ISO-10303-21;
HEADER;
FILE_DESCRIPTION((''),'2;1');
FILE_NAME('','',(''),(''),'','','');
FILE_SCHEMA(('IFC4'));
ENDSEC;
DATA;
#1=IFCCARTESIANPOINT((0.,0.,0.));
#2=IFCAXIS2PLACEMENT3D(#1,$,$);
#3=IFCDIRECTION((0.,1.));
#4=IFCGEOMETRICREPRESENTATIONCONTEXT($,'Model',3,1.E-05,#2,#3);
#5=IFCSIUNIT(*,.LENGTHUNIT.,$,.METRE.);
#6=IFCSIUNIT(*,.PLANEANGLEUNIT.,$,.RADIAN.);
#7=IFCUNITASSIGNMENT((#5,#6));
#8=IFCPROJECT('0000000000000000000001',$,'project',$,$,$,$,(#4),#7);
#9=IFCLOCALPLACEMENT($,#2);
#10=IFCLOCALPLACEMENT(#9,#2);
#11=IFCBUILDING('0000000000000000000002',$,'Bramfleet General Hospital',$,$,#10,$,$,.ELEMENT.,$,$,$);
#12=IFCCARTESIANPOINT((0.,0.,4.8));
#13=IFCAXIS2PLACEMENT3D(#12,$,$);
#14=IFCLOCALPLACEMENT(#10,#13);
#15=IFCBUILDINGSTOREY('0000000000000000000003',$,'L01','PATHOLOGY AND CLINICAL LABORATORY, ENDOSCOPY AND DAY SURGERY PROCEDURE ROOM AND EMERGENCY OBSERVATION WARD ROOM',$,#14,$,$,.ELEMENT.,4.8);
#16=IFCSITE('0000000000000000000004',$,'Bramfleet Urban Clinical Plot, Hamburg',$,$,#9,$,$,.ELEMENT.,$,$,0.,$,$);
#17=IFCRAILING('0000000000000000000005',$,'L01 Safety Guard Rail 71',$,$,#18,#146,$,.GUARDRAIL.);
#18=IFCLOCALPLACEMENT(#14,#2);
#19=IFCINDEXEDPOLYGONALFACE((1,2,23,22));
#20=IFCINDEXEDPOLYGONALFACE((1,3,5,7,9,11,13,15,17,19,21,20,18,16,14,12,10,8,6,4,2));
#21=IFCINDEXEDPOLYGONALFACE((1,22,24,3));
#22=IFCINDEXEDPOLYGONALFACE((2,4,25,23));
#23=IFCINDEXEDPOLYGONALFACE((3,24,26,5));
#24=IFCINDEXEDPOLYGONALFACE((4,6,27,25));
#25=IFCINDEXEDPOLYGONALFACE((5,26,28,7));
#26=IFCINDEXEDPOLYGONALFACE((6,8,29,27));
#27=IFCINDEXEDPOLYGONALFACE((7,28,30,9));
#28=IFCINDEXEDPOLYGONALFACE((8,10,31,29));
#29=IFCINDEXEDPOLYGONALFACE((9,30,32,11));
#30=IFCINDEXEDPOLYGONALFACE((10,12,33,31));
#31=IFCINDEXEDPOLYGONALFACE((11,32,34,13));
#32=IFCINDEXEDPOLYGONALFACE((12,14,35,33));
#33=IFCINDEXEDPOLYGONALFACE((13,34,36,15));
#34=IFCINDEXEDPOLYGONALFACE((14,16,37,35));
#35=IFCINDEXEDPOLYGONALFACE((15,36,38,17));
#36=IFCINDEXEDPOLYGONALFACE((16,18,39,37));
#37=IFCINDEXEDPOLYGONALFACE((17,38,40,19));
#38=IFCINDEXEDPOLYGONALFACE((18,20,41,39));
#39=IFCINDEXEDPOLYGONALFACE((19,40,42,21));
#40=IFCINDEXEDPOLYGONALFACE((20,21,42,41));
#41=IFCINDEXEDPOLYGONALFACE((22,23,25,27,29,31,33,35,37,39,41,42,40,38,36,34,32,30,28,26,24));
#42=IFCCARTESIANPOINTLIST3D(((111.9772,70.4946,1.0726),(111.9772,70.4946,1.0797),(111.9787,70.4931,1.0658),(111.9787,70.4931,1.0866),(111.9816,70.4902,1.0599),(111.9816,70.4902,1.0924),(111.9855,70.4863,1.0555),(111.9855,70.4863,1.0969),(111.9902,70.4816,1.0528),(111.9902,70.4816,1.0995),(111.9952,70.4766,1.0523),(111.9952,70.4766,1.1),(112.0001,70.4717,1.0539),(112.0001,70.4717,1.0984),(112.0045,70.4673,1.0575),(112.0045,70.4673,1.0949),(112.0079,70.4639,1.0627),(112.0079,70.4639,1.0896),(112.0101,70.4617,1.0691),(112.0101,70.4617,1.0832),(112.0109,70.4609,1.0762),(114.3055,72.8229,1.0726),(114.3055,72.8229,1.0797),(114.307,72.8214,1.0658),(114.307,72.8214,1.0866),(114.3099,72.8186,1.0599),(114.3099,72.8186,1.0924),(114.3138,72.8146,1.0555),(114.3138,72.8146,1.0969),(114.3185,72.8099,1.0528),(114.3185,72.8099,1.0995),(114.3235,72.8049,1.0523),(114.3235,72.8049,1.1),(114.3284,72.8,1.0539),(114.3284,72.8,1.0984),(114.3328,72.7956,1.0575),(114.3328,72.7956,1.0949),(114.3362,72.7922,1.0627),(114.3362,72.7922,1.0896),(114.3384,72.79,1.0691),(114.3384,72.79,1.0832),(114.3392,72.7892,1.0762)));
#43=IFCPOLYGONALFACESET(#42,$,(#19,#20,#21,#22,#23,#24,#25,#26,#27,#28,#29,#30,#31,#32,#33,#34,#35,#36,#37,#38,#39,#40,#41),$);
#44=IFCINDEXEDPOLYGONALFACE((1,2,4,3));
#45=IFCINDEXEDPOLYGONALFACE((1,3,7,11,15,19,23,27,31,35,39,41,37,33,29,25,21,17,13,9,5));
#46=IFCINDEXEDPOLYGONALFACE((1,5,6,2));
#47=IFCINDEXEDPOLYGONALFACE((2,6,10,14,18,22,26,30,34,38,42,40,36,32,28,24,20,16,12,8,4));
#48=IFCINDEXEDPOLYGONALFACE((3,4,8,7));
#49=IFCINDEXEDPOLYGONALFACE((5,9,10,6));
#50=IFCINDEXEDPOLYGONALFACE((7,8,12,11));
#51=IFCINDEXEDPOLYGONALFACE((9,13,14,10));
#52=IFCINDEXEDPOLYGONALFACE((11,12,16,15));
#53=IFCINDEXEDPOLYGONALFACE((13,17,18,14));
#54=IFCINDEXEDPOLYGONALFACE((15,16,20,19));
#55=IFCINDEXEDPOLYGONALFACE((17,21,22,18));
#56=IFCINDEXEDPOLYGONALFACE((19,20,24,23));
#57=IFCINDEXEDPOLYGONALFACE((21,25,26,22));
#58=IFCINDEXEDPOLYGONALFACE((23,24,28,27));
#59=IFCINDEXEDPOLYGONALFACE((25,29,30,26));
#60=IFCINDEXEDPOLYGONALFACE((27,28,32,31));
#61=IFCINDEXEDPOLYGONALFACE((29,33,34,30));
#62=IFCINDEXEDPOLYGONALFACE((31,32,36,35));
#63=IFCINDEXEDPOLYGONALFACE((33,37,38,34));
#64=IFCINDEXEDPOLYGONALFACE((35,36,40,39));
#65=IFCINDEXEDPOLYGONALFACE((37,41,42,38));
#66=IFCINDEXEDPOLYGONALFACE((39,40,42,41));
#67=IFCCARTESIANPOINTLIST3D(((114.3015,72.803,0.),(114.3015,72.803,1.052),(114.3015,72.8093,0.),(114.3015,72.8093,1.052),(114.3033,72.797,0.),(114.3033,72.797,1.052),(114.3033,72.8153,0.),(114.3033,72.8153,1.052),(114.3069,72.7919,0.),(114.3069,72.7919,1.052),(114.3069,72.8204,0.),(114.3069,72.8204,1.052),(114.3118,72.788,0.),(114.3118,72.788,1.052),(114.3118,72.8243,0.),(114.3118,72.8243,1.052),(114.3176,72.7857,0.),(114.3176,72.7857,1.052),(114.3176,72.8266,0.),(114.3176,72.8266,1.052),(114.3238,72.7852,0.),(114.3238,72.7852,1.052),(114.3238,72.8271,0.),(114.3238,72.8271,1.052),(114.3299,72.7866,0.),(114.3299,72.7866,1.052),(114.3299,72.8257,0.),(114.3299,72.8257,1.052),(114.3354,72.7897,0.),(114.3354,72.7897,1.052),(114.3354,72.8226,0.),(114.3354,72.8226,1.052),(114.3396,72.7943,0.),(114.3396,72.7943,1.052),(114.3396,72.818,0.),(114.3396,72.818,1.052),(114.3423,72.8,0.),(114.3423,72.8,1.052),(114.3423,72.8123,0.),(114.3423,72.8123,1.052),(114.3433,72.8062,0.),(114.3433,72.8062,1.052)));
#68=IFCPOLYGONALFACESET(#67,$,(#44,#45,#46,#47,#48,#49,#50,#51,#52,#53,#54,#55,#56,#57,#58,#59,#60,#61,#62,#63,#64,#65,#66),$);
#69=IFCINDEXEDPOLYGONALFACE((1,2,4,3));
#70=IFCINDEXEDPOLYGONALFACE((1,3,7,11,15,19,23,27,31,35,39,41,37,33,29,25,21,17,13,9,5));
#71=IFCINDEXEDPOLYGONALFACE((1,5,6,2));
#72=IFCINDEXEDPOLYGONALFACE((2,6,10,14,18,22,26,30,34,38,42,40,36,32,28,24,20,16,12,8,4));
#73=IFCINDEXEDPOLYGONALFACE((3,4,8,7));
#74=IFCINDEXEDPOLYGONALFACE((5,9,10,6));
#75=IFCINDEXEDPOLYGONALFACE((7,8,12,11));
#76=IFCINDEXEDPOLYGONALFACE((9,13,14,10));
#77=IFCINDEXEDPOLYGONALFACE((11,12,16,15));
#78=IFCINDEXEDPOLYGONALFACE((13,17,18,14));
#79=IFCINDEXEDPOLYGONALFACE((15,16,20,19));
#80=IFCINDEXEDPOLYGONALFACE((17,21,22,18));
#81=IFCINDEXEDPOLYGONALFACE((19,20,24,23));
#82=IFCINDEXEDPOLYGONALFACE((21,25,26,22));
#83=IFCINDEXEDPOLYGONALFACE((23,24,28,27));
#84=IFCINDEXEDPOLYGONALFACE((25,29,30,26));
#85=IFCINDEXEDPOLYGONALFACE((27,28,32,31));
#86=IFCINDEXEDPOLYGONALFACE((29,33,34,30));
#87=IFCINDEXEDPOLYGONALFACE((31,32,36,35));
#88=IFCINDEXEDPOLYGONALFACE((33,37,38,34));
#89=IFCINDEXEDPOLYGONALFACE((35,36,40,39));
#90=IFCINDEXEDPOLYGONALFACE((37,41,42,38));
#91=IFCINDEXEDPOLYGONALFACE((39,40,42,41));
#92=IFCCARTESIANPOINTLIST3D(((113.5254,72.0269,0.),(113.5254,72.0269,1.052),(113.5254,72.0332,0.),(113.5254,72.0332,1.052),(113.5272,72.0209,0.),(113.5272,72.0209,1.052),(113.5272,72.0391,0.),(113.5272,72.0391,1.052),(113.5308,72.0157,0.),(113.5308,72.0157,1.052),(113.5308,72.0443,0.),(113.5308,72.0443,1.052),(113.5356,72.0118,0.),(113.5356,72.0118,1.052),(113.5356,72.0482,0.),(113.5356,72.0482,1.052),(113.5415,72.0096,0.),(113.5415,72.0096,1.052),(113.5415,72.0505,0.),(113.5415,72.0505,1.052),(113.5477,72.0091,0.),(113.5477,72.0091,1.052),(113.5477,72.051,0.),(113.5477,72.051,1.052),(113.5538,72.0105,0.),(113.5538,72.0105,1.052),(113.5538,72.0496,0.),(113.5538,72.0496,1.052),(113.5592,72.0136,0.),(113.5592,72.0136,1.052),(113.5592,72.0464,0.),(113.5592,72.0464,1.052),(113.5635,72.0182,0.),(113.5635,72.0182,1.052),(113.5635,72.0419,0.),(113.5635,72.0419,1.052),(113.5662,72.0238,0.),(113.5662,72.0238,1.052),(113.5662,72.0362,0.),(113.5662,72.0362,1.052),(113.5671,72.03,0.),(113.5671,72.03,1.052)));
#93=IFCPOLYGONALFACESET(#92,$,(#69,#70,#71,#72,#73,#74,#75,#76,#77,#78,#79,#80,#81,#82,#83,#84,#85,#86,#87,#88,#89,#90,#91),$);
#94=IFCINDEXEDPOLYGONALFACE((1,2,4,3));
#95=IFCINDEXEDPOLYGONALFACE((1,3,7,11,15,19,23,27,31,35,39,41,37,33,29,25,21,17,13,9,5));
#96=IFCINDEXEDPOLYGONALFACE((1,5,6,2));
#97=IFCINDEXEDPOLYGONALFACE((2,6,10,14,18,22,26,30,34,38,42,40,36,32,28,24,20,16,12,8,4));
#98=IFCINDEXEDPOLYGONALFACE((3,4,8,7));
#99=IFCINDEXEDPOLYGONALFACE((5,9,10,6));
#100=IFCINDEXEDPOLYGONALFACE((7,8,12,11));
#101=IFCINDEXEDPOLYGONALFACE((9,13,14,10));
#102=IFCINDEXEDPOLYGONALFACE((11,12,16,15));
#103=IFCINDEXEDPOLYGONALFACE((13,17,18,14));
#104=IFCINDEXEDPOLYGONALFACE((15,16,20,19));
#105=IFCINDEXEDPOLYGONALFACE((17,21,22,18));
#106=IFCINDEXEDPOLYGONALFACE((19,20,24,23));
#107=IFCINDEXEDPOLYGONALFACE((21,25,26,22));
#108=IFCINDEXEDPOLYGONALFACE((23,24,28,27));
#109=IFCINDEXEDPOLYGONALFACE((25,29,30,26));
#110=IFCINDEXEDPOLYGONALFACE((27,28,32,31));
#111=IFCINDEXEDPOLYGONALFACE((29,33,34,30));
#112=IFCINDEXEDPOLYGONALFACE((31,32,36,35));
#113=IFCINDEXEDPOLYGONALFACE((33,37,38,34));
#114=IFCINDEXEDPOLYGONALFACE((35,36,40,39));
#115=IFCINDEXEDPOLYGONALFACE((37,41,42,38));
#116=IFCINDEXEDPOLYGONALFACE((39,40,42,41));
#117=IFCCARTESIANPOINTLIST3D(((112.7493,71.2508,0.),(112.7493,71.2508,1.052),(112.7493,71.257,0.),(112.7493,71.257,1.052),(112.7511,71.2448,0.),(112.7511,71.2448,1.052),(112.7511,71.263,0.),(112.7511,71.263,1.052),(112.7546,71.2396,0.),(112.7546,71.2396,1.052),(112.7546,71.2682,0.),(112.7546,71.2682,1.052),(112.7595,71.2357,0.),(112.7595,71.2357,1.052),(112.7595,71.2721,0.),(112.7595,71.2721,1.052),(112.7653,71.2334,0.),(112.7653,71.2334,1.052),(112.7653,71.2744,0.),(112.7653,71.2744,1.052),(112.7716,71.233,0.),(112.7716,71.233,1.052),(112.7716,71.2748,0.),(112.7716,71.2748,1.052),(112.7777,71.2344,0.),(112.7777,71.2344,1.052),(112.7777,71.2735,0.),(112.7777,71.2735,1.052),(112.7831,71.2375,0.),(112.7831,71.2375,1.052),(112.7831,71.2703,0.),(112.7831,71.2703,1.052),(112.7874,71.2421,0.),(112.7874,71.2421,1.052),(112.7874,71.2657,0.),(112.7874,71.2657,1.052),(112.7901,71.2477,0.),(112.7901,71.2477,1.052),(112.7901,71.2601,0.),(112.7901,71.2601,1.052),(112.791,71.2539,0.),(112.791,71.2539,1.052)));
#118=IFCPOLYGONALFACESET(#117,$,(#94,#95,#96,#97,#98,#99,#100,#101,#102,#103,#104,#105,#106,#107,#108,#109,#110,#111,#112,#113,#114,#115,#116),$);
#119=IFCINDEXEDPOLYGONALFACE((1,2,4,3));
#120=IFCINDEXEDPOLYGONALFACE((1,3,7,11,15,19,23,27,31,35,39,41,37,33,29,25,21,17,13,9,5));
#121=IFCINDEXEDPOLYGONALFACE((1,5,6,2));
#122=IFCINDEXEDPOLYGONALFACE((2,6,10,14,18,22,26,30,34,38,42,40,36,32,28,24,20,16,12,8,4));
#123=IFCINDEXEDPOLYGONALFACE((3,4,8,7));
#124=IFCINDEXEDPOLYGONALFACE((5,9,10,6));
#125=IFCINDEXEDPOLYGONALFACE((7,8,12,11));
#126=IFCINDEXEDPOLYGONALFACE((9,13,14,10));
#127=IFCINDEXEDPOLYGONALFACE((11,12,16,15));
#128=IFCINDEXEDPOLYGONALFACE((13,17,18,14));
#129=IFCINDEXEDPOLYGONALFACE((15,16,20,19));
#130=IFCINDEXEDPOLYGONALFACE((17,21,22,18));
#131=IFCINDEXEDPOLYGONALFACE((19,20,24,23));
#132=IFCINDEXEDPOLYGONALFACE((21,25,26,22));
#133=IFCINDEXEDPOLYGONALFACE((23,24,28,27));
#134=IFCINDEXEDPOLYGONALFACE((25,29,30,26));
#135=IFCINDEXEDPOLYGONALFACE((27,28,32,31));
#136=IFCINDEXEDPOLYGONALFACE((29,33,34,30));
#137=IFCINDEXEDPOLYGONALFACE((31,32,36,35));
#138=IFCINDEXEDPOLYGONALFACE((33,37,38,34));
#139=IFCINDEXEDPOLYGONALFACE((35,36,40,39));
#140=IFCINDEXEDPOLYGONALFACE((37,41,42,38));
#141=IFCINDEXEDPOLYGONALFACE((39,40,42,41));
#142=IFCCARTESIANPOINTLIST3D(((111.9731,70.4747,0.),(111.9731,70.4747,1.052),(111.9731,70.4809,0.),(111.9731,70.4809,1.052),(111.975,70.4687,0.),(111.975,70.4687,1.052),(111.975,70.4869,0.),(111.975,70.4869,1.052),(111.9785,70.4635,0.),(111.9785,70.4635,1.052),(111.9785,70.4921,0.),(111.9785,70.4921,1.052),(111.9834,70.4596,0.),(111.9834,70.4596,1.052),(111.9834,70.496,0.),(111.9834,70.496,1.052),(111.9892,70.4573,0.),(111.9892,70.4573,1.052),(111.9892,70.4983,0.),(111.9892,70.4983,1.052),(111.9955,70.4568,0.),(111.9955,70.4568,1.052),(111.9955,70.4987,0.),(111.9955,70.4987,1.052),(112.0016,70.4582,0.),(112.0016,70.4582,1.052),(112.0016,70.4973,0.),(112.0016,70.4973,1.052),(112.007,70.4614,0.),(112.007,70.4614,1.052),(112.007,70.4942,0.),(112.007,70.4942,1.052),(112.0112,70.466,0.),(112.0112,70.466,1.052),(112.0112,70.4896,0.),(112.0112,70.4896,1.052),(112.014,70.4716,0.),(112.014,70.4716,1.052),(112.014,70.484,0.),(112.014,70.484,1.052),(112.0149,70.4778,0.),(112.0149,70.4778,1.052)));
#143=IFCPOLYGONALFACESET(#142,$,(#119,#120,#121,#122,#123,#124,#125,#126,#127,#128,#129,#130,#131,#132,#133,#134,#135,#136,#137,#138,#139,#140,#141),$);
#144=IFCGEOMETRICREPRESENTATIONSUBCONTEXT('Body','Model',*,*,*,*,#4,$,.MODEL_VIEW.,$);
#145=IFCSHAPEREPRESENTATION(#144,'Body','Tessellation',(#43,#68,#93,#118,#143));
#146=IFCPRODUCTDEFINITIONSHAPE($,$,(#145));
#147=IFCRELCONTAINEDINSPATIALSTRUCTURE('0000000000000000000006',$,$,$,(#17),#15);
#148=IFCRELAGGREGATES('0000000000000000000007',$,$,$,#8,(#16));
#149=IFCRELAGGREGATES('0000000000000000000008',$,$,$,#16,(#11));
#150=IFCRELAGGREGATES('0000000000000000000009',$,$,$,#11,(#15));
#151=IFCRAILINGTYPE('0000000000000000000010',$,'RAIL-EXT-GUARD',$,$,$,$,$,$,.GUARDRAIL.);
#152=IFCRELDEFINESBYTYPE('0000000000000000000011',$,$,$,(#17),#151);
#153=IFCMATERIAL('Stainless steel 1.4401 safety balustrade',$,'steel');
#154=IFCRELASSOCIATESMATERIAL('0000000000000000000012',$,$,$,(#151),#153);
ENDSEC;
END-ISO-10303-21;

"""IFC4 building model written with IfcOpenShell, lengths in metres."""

from ifc_helpers import new_model, si_unit, direction, frame, origin, origin_2d, place, context, subcontext, project, spatial, circle, extrude, material, type_object, element, save


model = new_model("IFC4")

# Units and contexts
model_context = context("Model", 3, precision=1e-05, world=origin(), true_north=direction((0.0, 1.0)))
body_context = subcontext(model_context, "Body", "Model", "MODEL_VIEW")
ifc_project = project(units=[si_unit("LENGTHUNIT", "METRE"), si_unit("PLANEANGLEUNIT", "RADIAN")], contexts=[model_context])

# Site, building, storey
site_placement = place(None, origin())
site = spatial("IfcSite", under=ifc_project, at=site_placement, Name="Bramfleet Urban Clinical Plot, Hamburg", CompositionType="ELEMENT", RefElevation=0.0)
building_placement = place(site_placement, origin())
building = spatial("IfcBuilding", under=site, at=building_placement, Name="Bramfleet General Hospital", CompositionType="ELEMENT")
storey_placement = place(building_placement, frame((0.0, 0.0, 4.8)))
storey = spatial("IfcBuildingStorey", under=building, at=storey_placement, Name="L01", Description="PATHOLOGY AND CLINICAL LABORATORY, ENDOSCOPY AND DAY SURGERY PROCEDURE ROOM AND EMERGENCY OBSERVATION WARD ROOM", CompositionType="ELEMENT", Elevation=4.8)

# Railing
ifc_material_1 = material(Name="Stainless steel 1.4401 safety balustrade", Category="steel")
railing_type = type_object("IfcRailingType", Name="RAIL-EXT-GUARD", PredefinedType="GUARDRAIL", material=ifc_material_1)
railing_1_placement = place(storey_placement, frame((114.3223, 72.8062, 0.0)))
element("IfcRailing", 1, at=railing_1_placement, inside=storey, type_object=railing_type, Name="L01 Safety Guard Rail 71", PredefinedType="GUARDRAIL", context=body_context, shape_type="SweptSolid", body=[
    extrude(circle(Radius=0.0239, at=origin_2d()), frame((0.0, 0.0, 1.0762), z_axis=(-0.707107, -0.707107, 0.0), x_axis=(0.707107, -0.707107, 0.0)), (0.0, 0.0, 1.0), 3.2927),
    extrude(circle(Radius=0.021, at=origin_2d()), origin(), (0.0, 0.0, 1.0), 1.052),
    extrude(circle(Radius=0.021, at=origin_2d()), frame((-0.7761, -0.7761, 0.0)), (0.0, 0.0, 1.0), 1.052),
    extrude(circle(Radius=0.021, at=origin_2d()), frame((-1.5522, -1.5522, 0.0)), (0.0, 0.0, 1.0), 1.052),
    extrude(circle(Radius=0.021, at=origin_2d()), frame((-2.3284, -2.3284, 0.0)), (0.0, 0.0, 1.0), 1.052),
])

save(model, "model.ifc")
